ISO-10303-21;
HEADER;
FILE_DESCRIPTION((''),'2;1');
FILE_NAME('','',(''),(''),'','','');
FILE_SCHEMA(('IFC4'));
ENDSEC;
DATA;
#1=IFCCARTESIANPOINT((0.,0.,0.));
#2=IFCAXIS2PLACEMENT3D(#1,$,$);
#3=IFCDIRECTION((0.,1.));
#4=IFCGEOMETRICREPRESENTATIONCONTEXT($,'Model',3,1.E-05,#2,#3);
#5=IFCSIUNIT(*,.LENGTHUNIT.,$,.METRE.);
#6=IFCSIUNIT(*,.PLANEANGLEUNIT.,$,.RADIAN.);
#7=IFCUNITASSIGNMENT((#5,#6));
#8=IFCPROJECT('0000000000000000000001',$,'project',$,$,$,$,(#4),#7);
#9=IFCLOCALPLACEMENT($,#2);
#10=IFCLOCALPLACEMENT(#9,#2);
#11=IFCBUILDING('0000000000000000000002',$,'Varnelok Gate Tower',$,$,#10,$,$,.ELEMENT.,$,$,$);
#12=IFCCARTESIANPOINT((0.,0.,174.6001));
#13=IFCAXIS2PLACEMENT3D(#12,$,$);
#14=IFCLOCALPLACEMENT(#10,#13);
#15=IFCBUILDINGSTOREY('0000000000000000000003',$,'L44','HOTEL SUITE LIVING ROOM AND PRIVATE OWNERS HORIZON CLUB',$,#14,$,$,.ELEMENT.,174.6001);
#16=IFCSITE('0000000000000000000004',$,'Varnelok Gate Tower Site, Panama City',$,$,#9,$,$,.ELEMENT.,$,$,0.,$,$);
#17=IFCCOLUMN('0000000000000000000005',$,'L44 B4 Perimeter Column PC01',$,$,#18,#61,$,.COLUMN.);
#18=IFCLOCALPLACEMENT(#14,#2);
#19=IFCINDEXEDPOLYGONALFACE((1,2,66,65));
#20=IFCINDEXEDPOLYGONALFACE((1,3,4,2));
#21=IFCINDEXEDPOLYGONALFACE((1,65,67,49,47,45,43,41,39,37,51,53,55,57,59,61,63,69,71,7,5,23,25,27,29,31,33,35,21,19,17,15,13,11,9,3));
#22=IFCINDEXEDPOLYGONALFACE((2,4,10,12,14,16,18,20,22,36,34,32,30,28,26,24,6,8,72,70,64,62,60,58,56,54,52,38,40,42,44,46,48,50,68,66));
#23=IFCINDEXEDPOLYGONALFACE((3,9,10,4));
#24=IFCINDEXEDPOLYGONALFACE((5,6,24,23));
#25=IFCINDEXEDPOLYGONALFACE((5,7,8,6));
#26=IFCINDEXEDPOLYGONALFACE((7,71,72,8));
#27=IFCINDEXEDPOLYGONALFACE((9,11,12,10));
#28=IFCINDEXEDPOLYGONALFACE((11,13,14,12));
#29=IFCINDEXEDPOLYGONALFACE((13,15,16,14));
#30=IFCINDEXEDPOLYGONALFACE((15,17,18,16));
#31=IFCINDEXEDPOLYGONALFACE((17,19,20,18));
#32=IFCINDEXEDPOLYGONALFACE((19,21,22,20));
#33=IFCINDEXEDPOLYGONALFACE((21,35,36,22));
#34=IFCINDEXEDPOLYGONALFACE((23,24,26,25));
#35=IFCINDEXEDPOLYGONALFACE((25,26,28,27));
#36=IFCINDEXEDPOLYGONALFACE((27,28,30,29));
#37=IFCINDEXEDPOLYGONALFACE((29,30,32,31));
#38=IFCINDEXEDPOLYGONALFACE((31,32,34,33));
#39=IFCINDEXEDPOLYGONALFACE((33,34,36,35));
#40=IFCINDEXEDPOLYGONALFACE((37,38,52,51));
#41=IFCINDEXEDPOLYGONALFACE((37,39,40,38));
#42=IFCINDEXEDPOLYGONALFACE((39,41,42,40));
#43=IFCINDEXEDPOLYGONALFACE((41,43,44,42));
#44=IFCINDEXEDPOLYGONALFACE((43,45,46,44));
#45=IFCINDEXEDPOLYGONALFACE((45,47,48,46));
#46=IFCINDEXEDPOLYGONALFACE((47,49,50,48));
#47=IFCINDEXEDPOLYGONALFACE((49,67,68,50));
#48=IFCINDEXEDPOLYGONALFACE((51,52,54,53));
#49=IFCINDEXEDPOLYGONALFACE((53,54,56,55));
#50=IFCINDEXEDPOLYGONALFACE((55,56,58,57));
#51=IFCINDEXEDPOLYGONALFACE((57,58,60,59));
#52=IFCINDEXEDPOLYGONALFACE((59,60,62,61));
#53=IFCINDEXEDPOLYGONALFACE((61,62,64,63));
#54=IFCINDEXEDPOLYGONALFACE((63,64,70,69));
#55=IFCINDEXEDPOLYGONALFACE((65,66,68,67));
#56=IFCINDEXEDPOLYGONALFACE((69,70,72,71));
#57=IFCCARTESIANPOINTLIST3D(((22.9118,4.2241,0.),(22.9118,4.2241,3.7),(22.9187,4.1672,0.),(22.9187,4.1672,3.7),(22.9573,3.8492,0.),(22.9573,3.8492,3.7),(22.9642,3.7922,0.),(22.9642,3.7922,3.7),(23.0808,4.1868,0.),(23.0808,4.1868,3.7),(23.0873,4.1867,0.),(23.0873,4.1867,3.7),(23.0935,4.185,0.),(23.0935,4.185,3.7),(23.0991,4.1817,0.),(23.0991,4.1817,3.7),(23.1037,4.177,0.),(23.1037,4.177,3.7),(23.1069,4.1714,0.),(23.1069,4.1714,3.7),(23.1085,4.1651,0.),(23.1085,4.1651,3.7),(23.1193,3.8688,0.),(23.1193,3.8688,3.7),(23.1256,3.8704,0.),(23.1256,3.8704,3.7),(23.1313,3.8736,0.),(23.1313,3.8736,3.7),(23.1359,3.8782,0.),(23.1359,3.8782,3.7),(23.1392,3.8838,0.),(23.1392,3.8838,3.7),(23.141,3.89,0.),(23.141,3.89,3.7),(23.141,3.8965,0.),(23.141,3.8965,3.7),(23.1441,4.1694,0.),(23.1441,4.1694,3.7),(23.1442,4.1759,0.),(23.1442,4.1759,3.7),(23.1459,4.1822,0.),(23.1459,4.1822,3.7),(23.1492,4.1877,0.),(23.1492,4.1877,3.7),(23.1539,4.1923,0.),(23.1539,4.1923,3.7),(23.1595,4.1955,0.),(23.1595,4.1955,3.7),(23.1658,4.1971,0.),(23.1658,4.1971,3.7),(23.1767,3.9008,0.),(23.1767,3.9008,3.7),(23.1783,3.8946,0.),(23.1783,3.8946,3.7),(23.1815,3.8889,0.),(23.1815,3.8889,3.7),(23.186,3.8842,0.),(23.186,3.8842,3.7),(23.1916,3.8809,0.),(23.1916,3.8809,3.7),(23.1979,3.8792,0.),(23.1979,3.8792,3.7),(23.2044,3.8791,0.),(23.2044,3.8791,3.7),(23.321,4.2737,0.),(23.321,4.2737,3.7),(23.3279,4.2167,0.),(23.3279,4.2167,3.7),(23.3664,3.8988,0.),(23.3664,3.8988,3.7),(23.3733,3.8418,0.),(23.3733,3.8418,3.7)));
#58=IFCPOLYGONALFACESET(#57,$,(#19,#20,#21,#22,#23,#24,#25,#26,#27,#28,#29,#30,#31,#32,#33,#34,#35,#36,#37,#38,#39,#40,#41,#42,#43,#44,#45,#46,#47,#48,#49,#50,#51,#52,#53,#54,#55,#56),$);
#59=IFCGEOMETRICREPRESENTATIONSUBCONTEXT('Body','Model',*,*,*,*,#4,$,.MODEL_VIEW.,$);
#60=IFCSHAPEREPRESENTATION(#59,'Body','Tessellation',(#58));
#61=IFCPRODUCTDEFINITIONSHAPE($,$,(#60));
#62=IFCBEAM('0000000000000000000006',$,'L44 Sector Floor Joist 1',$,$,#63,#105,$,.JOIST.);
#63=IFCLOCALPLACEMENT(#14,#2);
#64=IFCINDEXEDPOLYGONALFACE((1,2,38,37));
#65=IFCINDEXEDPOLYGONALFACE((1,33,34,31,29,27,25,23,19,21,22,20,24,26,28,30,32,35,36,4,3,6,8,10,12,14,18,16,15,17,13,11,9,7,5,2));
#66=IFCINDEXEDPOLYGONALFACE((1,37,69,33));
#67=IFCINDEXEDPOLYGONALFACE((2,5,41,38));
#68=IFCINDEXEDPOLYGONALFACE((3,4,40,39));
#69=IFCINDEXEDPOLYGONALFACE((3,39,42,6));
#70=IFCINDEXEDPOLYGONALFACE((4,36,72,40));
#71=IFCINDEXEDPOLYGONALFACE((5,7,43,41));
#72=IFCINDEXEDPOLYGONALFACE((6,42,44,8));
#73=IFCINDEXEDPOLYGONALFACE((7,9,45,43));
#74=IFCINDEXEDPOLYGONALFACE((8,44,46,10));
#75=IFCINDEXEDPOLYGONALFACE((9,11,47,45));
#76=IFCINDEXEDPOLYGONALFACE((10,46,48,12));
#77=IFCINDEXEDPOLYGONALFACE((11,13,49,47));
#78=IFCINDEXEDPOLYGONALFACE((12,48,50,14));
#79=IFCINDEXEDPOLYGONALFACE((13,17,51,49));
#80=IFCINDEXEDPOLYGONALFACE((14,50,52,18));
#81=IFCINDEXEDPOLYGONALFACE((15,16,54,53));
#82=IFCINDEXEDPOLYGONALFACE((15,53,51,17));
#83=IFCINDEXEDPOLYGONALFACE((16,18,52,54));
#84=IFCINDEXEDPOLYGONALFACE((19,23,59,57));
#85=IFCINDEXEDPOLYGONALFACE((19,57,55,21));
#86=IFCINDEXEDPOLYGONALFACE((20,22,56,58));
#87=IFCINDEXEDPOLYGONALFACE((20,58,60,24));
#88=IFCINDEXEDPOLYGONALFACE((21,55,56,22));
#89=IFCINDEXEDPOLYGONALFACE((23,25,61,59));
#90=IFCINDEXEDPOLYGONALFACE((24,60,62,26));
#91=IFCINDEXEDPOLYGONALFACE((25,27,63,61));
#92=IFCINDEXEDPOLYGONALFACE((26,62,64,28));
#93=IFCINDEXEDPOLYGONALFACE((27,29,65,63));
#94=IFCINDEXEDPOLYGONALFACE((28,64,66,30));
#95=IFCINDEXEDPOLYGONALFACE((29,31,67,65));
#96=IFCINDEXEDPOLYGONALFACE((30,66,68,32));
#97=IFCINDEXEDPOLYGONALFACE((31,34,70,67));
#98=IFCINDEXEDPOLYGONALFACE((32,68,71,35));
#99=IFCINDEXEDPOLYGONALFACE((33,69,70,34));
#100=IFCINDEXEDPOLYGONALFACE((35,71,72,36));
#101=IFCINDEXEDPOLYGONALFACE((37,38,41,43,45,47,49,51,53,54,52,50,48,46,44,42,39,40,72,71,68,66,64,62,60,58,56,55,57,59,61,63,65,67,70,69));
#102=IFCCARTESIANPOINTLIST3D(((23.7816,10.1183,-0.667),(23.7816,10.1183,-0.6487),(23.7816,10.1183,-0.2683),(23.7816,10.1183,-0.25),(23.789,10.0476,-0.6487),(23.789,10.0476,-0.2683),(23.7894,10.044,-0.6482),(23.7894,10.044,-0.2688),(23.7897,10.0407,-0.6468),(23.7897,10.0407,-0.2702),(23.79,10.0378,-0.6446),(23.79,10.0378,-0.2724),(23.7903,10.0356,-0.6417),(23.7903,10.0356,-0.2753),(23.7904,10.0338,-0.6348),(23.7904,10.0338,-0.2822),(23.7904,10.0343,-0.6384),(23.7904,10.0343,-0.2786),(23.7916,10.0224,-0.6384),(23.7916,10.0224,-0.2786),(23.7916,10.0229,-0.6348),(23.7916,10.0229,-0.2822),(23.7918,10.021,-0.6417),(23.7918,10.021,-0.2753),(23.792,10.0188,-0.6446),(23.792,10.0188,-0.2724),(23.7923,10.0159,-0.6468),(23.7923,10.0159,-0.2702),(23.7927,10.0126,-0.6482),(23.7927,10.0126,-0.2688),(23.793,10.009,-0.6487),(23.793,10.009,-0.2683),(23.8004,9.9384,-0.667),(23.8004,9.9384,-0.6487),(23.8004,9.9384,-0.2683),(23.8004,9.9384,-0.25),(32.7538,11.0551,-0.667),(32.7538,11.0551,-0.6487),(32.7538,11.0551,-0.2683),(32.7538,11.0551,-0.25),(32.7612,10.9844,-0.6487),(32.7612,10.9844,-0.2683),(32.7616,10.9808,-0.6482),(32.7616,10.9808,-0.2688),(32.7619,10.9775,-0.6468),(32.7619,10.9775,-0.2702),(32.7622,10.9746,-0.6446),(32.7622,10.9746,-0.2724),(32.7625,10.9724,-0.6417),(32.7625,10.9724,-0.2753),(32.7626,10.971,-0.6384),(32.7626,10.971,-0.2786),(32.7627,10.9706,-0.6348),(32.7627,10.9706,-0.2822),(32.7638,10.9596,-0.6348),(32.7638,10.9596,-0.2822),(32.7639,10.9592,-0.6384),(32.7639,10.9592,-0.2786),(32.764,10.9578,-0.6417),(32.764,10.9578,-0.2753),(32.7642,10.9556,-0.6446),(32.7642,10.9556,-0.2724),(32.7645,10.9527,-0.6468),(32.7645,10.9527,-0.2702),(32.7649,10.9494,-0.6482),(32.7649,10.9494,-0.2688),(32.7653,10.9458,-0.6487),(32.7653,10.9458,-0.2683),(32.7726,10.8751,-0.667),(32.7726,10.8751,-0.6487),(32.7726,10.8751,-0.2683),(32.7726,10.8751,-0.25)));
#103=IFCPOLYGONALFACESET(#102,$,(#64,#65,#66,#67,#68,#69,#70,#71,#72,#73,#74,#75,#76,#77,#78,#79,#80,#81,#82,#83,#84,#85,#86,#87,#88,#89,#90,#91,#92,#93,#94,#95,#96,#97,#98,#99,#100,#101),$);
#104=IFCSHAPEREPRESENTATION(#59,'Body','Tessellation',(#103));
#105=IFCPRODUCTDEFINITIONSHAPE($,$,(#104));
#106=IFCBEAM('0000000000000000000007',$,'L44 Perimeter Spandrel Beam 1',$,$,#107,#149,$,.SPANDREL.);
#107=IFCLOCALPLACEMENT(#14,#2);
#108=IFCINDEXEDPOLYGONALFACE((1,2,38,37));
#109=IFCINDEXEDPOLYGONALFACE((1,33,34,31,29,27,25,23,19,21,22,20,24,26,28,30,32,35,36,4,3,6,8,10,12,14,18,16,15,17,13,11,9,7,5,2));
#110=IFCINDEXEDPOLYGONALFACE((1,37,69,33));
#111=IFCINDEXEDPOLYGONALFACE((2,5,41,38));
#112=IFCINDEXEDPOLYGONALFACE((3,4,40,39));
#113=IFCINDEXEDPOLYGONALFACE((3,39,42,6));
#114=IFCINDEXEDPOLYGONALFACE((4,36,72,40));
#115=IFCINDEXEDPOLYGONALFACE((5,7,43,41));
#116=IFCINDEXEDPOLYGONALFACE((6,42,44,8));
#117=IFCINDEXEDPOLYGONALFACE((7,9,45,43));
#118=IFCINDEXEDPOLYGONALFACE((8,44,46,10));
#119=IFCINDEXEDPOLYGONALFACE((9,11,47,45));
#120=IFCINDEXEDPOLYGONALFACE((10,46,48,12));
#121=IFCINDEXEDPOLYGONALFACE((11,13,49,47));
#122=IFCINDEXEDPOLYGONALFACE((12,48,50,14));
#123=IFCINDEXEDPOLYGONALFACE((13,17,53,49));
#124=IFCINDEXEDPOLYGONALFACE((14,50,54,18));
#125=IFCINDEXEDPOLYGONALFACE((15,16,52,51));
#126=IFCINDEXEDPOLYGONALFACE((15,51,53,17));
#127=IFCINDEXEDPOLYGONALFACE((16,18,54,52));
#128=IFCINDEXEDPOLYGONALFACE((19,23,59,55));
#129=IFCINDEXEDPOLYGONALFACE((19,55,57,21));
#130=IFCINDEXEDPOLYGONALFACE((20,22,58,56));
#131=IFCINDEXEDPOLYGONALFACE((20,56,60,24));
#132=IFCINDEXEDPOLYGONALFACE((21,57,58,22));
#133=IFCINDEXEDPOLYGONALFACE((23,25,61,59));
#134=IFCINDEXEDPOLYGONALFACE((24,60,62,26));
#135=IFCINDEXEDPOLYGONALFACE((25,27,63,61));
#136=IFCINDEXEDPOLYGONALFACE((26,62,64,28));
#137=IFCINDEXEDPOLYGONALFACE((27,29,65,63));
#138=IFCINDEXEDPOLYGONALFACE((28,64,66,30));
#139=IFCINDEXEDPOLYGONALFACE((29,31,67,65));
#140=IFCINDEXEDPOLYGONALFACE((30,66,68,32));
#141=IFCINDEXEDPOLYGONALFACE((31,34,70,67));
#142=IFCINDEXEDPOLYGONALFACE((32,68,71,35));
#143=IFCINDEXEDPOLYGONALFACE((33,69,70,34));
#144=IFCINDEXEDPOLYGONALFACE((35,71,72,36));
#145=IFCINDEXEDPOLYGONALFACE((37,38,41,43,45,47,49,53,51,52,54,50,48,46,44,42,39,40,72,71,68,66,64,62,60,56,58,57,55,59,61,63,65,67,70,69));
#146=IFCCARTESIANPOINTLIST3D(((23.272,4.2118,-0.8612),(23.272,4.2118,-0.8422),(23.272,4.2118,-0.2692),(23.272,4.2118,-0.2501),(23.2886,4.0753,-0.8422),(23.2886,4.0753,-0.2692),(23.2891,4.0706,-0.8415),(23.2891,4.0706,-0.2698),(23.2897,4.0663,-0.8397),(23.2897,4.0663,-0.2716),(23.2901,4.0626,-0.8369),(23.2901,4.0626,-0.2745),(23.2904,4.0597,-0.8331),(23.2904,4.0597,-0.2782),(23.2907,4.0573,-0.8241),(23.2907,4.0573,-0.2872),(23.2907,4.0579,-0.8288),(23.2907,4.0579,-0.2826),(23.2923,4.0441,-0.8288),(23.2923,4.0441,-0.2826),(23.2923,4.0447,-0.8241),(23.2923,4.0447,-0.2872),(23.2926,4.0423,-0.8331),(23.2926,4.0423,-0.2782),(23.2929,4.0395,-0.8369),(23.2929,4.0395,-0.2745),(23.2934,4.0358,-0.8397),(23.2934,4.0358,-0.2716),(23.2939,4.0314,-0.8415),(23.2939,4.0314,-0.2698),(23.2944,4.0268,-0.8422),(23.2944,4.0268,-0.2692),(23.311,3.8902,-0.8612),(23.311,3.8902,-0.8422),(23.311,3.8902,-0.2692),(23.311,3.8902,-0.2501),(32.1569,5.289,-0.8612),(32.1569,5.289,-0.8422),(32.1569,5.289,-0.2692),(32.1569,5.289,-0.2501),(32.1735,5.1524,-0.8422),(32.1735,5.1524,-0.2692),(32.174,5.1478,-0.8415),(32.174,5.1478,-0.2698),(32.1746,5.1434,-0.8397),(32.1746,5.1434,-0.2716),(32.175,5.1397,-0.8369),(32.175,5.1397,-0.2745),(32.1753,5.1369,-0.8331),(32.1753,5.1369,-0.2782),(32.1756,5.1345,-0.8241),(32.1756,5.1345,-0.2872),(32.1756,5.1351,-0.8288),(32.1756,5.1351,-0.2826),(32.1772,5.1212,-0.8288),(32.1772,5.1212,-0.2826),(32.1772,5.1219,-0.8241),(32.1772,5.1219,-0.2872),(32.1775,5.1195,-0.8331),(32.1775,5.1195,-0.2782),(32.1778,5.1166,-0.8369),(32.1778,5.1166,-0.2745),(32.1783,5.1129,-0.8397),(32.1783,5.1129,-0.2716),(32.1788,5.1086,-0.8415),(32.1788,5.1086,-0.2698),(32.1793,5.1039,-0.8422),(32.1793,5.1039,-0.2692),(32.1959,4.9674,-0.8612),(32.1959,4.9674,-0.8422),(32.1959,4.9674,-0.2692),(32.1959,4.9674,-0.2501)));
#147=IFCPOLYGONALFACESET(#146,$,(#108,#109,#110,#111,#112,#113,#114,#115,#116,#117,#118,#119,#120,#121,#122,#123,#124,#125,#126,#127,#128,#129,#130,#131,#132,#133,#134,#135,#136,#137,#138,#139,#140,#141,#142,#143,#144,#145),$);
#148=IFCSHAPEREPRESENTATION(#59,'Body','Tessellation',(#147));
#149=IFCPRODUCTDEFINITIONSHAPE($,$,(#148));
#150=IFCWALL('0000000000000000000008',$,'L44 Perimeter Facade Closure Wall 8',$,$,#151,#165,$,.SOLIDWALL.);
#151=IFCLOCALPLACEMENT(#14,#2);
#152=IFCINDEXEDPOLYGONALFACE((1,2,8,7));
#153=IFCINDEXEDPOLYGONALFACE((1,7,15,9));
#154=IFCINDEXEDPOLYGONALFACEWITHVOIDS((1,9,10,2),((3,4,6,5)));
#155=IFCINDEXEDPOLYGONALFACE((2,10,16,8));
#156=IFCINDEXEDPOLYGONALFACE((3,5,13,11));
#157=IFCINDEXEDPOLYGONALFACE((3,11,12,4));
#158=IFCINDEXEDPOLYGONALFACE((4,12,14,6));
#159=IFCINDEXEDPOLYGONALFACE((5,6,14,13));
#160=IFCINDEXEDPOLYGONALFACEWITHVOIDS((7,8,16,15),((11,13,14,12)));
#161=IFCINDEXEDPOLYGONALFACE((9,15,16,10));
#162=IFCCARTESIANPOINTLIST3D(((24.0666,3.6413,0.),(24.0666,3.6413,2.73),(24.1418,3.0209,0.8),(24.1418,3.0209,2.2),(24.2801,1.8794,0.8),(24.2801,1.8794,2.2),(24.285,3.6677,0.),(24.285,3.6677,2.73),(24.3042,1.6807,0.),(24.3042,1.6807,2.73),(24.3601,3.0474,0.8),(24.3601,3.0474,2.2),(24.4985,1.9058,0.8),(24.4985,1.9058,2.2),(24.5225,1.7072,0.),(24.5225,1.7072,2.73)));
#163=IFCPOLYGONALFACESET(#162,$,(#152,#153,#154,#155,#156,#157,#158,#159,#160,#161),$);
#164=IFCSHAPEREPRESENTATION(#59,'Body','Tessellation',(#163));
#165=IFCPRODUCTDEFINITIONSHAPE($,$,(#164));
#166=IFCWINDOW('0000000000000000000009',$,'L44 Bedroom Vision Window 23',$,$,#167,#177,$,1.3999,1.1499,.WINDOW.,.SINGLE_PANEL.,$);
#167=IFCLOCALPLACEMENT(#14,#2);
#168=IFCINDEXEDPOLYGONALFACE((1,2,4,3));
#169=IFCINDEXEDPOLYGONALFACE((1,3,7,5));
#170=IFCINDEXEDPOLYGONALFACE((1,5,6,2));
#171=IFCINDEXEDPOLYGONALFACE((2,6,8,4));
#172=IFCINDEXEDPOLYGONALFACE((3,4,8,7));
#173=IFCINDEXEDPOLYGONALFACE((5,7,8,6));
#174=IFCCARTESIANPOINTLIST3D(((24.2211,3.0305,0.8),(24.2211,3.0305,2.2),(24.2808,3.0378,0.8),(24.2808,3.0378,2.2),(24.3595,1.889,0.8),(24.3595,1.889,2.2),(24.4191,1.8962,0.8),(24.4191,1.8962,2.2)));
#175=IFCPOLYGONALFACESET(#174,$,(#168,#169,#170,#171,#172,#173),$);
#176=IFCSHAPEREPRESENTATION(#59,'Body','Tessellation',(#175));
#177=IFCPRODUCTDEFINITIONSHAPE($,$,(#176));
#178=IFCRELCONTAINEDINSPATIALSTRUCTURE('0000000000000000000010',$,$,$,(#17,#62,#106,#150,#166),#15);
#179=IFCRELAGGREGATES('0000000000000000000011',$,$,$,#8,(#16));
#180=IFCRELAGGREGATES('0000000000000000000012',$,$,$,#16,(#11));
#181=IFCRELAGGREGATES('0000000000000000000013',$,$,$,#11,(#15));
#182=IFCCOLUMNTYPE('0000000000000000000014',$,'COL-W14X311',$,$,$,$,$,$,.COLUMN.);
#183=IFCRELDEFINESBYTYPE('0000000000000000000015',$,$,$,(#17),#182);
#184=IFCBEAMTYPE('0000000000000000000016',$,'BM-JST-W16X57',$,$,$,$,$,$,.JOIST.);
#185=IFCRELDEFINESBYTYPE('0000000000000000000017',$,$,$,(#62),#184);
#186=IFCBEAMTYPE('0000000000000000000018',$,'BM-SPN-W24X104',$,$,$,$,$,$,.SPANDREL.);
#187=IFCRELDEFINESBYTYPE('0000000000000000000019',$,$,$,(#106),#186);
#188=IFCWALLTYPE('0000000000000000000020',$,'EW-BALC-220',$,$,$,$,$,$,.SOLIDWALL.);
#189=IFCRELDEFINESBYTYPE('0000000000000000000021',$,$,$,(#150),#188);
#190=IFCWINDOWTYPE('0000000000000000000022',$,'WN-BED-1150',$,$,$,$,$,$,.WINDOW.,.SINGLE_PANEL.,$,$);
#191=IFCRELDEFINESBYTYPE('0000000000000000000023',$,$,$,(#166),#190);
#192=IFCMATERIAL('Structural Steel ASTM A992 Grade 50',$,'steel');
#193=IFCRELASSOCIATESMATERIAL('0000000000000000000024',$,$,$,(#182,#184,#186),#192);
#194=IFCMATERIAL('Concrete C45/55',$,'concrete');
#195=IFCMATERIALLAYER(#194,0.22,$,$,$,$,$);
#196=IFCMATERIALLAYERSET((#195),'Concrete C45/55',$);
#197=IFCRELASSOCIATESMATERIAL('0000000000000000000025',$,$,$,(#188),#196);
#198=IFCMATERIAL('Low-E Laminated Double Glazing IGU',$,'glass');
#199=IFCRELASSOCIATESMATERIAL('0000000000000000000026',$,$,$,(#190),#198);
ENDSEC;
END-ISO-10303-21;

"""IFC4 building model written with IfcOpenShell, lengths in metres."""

from ifc_helpers import new_model, si_unit, direction, frame, frame_2d, origin, origin_2d, place, context, subcontext, project, spatial, rectangle, i_section, extrude, material, layer, layer_set, material_profile, profile_set, type_object, element, fill, save


model = new_model("IFC4")

# Units and contexts
model_context = context("Model", 3, precision=1e-05, world=origin(), true_north=direction((0.0, 1.0)))
body_context = subcontext(model_context, "Body", "Model", "MODEL_VIEW")
ifc_project = project(units=[si_unit("LENGTHUNIT", "METRE"), si_unit("PLANEANGLEUNIT", "RADIAN")], contexts=[model_context])

# Site, building, storey
site_placement = place(None, origin())
site = spatial("IfcSite", under=ifc_project, at=site_placement, Name="Varnelok Gate Tower Site, Panama City", CompositionType="ELEMENT", RefElevation=0.0)
building_placement = place(site_placement, origin())
building = spatial("IfcBuilding", under=site, at=building_placement, Name="Varnelok Gate Tower", CompositionType="ELEMENT")
storey_placement = place(building_placement, frame((0.0, 0.0, 174.6001)))
storey = spatial("IfcBuildingStorey", under=building, at=storey_placement, Name="L44", Description="HOTEL SUITE LIVING ROOM AND PRIVATE OWNERS HORIZON CLUB", CompositionType="ELEMENT", Elevation=174.6001)

# Column
ifc_material_1 = material(Name="Structural Steel ASTM A992 Grade 50", Category="steel")
ifc_material_profile_1 = material_profile(ifc_material_1, i_section(OverallWidth=0.4121, OverallDepth=0.4351, WebThickness=0.0359, FlangeThickness=0.0574, FilletRadius=0.0249, at=origin_2d()), Name="W14X311")
ifc_profile_set_1 = profile_set([ifc_material_profile_1], Name="Structural Steel ASTM A992 Grade 50")
column_type = type_object("IfcColumnType", Name="COL-W14X311", PredefinedType="COLUMN", material=ifc_profile_set_1)
column_placement = place(storey_placement, frame((23.1426, 4.033, 0.0), z_axis=(0.0, 0.0, 1.0), x_axis=(0.992732, 0.120345, 0.0)))
element("IfcColumn", 1, at=column_placement, inside=storey, type_object=column_type, Name="L44 B4 Perimeter Column PC01", PredefinedType="COLUMN", context=body_context, shape_type="SweptSolid", body=[
    extrude(i_section(OverallWidth=0.4121, OverallDepth=0.4351, WebThickness=0.0359, FlangeThickness=0.0574, FilletRadius=0.0249, at=origin_2d()), origin(), (0.0, 0.0, 1.0), 3.7),
])

# Beams
ifc_material_profile_2 = material_profile(ifc_material_1, i_section(OverallWidth=0.1809, OverallDepth=0.417, WebThickness=0.011, FlangeThickness=0.0183, FilletRadius=0.0139, at=origin_2d()), Name="W16X57")
ifc_profile_set_2 = profile_set([ifc_material_profile_2], Name="Structural Steel ASTM A992 Grade 50")
beam_type_1 = type_object("IfcBeamType", Name="BM-JST-W16X57", PredefinedType="JOIST", material=ifc_profile_set_2)
beam_1_placement = place(storey_placement, frame((23.791, 10.0283, -0.4585), z_axis=(0.994594, 0.103844, 0.0), x_axis=(-0.103844, 0.994594, 0.0)))
element("IfcBeam", 2, at=beam_1_placement, inside=storey, type_object=beam_type_1, Name="L44 Sector Floor Joist 1", PredefinedType="JOIST", context=body_context, shape_type="SweptSolid", body=[
    extrude(i_section(OverallWidth=0.1809, OverallDepth=0.417, WebThickness=0.011, FlangeThickness=0.0183, FilletRadius=0.0139, at=origin_2d()), origin(), (0.0, 0.0, 1.0), 9.021),
])
ifc_material_profile_3 = material_profile(ifc_material_1, i_section(OverallWidth=0.324, OverallDepth=0.6111, WebThickness=0.0127, FlangeThickness=0.019, FilletRadius=0.0181, at=origin_2d()), Name="W24X104")
ifc_profile_set_3 = profile_set([ifc_material_profile_3], Name="Structural Steel ASTM A992 Grade 50")
beam_type_2 = type_object("IfcBeamType", Name="BM-SPN-W24X104", PredefinedType="SPANDREL", material=ifc_profile_set_3)
beam_2_placement = place(storey_placement, frame((23.2915, 4.051, -0.5557), z_axis=(0.992731, 0.120351, 0.0), x_axis=(-0.120351, 0.992731, 0.0)))
element("IfcBeam", 3, at=beam_2_placement, inside=storey, type_object=beam_type_2, Name="L44 Perimeter Spandrel Beam 1", PredefinedType="SPANDREL", context=body_context, shape_type="SweptSolid", body=[
    extrude(i_section(OverallWidth=0.324, OverallDepth=0.6111, WebThickness=0.0127, FlangeThickness=0.019, FilletRadius=0.0181, at=origin_2d()), origin(), (0.0, 0.0, 1.0), 8.95),
])

# Wall, opening, window
ifc_material_2 = material(Name="Concrete C45/55", Category="concrete")
ifc_layer_1 = layer(ifc_material_2, 0.22)
ifc_layer_set_1 = layer_set([ifc_layer_1], Name="Concrete C45/55")
wall_type_1 = type_object("IfcWallType", Name="EW-BALC-220", PredefinedType="SOLIDWALL", material=ifc_layer_set_1)
wall_1_placement = place(storey_placement, frame((24.4133, 1.6941, 0.0), z_axis=(0.0, 0.0, 1.0), x_axis=(-0.120291, 0.992739, 0.0)))
wall_1 = element("IfcWall", 4, at=wall_1_placement, inside=storey, type_object=wall_type_1, Name="L44 Perimeter Facade Closure Wall 8", PredefinedType="SOLIDWALL", context=body_context, shape_type="SweptSolid", body=[
    extrude(rectangle(XDim=1.9749, YDim=0.22, at=frame_2d((0.9873, 0.0))), origin(), (0.0, 0.0, 1.0), 2.73),
])
opening_1_placement = place(wall_1_placement, frame((0.2, 0.0, 0.8)))
opening_1 = element("IfcOpeningElement", 5, at=opening_1_placement, cuts=wall_1, PredefinedType="OPENING", context=body_context, shape_type="SweptSolid", body=[
    extrude(rectangle(XDim=1.1499, YDim=1.3999, at=frame_2d((0.575, 0.7))), frame((0.0, 0.1199, 0.0), z_axis=(0.0, -1.0, 0.0), x_axis=(1.0, 0.0, 0.0)), (0.0, 0.0, 1.0), 0.24),
])
ifc_material_3 = material(Name="Low-E Laminated Double Glazing IGU", Category="glass")
window_type = type_object("IfcWindowType", Name="WN-BED-1150", PartitioningType="SINGLE_PANEL", PredefinedType="WINDOW", material=ifc_material_3)
window_placement = place(opening_1_placement, origin())
window = element("IfcWindow", 6, at=window_placement, inside=storey, type_object=window_type, Name="L44 Bedroom Vision Window 23", OverallHeight=1.3999, OverallWidth=1.1499, PartitioningType="SINGLE_PANEL", PredefinedType="WINDOW", context=body_context, shape_type="SweptSolid", body=[
    extrude(rectangle(XDim=1.1499, YDim=1.3999, at=frame_2d((0.575, 0.7))), frame((0.0, 0.03, 0.0), z_axis=(0.0, -1.0, 0.0), x_axis=(1.0, 0.0, 0.0)), (0.0, 0.0, 1.0), 0.0601),
])
fill(opening_1, window)

save(model, "model.ifc")
